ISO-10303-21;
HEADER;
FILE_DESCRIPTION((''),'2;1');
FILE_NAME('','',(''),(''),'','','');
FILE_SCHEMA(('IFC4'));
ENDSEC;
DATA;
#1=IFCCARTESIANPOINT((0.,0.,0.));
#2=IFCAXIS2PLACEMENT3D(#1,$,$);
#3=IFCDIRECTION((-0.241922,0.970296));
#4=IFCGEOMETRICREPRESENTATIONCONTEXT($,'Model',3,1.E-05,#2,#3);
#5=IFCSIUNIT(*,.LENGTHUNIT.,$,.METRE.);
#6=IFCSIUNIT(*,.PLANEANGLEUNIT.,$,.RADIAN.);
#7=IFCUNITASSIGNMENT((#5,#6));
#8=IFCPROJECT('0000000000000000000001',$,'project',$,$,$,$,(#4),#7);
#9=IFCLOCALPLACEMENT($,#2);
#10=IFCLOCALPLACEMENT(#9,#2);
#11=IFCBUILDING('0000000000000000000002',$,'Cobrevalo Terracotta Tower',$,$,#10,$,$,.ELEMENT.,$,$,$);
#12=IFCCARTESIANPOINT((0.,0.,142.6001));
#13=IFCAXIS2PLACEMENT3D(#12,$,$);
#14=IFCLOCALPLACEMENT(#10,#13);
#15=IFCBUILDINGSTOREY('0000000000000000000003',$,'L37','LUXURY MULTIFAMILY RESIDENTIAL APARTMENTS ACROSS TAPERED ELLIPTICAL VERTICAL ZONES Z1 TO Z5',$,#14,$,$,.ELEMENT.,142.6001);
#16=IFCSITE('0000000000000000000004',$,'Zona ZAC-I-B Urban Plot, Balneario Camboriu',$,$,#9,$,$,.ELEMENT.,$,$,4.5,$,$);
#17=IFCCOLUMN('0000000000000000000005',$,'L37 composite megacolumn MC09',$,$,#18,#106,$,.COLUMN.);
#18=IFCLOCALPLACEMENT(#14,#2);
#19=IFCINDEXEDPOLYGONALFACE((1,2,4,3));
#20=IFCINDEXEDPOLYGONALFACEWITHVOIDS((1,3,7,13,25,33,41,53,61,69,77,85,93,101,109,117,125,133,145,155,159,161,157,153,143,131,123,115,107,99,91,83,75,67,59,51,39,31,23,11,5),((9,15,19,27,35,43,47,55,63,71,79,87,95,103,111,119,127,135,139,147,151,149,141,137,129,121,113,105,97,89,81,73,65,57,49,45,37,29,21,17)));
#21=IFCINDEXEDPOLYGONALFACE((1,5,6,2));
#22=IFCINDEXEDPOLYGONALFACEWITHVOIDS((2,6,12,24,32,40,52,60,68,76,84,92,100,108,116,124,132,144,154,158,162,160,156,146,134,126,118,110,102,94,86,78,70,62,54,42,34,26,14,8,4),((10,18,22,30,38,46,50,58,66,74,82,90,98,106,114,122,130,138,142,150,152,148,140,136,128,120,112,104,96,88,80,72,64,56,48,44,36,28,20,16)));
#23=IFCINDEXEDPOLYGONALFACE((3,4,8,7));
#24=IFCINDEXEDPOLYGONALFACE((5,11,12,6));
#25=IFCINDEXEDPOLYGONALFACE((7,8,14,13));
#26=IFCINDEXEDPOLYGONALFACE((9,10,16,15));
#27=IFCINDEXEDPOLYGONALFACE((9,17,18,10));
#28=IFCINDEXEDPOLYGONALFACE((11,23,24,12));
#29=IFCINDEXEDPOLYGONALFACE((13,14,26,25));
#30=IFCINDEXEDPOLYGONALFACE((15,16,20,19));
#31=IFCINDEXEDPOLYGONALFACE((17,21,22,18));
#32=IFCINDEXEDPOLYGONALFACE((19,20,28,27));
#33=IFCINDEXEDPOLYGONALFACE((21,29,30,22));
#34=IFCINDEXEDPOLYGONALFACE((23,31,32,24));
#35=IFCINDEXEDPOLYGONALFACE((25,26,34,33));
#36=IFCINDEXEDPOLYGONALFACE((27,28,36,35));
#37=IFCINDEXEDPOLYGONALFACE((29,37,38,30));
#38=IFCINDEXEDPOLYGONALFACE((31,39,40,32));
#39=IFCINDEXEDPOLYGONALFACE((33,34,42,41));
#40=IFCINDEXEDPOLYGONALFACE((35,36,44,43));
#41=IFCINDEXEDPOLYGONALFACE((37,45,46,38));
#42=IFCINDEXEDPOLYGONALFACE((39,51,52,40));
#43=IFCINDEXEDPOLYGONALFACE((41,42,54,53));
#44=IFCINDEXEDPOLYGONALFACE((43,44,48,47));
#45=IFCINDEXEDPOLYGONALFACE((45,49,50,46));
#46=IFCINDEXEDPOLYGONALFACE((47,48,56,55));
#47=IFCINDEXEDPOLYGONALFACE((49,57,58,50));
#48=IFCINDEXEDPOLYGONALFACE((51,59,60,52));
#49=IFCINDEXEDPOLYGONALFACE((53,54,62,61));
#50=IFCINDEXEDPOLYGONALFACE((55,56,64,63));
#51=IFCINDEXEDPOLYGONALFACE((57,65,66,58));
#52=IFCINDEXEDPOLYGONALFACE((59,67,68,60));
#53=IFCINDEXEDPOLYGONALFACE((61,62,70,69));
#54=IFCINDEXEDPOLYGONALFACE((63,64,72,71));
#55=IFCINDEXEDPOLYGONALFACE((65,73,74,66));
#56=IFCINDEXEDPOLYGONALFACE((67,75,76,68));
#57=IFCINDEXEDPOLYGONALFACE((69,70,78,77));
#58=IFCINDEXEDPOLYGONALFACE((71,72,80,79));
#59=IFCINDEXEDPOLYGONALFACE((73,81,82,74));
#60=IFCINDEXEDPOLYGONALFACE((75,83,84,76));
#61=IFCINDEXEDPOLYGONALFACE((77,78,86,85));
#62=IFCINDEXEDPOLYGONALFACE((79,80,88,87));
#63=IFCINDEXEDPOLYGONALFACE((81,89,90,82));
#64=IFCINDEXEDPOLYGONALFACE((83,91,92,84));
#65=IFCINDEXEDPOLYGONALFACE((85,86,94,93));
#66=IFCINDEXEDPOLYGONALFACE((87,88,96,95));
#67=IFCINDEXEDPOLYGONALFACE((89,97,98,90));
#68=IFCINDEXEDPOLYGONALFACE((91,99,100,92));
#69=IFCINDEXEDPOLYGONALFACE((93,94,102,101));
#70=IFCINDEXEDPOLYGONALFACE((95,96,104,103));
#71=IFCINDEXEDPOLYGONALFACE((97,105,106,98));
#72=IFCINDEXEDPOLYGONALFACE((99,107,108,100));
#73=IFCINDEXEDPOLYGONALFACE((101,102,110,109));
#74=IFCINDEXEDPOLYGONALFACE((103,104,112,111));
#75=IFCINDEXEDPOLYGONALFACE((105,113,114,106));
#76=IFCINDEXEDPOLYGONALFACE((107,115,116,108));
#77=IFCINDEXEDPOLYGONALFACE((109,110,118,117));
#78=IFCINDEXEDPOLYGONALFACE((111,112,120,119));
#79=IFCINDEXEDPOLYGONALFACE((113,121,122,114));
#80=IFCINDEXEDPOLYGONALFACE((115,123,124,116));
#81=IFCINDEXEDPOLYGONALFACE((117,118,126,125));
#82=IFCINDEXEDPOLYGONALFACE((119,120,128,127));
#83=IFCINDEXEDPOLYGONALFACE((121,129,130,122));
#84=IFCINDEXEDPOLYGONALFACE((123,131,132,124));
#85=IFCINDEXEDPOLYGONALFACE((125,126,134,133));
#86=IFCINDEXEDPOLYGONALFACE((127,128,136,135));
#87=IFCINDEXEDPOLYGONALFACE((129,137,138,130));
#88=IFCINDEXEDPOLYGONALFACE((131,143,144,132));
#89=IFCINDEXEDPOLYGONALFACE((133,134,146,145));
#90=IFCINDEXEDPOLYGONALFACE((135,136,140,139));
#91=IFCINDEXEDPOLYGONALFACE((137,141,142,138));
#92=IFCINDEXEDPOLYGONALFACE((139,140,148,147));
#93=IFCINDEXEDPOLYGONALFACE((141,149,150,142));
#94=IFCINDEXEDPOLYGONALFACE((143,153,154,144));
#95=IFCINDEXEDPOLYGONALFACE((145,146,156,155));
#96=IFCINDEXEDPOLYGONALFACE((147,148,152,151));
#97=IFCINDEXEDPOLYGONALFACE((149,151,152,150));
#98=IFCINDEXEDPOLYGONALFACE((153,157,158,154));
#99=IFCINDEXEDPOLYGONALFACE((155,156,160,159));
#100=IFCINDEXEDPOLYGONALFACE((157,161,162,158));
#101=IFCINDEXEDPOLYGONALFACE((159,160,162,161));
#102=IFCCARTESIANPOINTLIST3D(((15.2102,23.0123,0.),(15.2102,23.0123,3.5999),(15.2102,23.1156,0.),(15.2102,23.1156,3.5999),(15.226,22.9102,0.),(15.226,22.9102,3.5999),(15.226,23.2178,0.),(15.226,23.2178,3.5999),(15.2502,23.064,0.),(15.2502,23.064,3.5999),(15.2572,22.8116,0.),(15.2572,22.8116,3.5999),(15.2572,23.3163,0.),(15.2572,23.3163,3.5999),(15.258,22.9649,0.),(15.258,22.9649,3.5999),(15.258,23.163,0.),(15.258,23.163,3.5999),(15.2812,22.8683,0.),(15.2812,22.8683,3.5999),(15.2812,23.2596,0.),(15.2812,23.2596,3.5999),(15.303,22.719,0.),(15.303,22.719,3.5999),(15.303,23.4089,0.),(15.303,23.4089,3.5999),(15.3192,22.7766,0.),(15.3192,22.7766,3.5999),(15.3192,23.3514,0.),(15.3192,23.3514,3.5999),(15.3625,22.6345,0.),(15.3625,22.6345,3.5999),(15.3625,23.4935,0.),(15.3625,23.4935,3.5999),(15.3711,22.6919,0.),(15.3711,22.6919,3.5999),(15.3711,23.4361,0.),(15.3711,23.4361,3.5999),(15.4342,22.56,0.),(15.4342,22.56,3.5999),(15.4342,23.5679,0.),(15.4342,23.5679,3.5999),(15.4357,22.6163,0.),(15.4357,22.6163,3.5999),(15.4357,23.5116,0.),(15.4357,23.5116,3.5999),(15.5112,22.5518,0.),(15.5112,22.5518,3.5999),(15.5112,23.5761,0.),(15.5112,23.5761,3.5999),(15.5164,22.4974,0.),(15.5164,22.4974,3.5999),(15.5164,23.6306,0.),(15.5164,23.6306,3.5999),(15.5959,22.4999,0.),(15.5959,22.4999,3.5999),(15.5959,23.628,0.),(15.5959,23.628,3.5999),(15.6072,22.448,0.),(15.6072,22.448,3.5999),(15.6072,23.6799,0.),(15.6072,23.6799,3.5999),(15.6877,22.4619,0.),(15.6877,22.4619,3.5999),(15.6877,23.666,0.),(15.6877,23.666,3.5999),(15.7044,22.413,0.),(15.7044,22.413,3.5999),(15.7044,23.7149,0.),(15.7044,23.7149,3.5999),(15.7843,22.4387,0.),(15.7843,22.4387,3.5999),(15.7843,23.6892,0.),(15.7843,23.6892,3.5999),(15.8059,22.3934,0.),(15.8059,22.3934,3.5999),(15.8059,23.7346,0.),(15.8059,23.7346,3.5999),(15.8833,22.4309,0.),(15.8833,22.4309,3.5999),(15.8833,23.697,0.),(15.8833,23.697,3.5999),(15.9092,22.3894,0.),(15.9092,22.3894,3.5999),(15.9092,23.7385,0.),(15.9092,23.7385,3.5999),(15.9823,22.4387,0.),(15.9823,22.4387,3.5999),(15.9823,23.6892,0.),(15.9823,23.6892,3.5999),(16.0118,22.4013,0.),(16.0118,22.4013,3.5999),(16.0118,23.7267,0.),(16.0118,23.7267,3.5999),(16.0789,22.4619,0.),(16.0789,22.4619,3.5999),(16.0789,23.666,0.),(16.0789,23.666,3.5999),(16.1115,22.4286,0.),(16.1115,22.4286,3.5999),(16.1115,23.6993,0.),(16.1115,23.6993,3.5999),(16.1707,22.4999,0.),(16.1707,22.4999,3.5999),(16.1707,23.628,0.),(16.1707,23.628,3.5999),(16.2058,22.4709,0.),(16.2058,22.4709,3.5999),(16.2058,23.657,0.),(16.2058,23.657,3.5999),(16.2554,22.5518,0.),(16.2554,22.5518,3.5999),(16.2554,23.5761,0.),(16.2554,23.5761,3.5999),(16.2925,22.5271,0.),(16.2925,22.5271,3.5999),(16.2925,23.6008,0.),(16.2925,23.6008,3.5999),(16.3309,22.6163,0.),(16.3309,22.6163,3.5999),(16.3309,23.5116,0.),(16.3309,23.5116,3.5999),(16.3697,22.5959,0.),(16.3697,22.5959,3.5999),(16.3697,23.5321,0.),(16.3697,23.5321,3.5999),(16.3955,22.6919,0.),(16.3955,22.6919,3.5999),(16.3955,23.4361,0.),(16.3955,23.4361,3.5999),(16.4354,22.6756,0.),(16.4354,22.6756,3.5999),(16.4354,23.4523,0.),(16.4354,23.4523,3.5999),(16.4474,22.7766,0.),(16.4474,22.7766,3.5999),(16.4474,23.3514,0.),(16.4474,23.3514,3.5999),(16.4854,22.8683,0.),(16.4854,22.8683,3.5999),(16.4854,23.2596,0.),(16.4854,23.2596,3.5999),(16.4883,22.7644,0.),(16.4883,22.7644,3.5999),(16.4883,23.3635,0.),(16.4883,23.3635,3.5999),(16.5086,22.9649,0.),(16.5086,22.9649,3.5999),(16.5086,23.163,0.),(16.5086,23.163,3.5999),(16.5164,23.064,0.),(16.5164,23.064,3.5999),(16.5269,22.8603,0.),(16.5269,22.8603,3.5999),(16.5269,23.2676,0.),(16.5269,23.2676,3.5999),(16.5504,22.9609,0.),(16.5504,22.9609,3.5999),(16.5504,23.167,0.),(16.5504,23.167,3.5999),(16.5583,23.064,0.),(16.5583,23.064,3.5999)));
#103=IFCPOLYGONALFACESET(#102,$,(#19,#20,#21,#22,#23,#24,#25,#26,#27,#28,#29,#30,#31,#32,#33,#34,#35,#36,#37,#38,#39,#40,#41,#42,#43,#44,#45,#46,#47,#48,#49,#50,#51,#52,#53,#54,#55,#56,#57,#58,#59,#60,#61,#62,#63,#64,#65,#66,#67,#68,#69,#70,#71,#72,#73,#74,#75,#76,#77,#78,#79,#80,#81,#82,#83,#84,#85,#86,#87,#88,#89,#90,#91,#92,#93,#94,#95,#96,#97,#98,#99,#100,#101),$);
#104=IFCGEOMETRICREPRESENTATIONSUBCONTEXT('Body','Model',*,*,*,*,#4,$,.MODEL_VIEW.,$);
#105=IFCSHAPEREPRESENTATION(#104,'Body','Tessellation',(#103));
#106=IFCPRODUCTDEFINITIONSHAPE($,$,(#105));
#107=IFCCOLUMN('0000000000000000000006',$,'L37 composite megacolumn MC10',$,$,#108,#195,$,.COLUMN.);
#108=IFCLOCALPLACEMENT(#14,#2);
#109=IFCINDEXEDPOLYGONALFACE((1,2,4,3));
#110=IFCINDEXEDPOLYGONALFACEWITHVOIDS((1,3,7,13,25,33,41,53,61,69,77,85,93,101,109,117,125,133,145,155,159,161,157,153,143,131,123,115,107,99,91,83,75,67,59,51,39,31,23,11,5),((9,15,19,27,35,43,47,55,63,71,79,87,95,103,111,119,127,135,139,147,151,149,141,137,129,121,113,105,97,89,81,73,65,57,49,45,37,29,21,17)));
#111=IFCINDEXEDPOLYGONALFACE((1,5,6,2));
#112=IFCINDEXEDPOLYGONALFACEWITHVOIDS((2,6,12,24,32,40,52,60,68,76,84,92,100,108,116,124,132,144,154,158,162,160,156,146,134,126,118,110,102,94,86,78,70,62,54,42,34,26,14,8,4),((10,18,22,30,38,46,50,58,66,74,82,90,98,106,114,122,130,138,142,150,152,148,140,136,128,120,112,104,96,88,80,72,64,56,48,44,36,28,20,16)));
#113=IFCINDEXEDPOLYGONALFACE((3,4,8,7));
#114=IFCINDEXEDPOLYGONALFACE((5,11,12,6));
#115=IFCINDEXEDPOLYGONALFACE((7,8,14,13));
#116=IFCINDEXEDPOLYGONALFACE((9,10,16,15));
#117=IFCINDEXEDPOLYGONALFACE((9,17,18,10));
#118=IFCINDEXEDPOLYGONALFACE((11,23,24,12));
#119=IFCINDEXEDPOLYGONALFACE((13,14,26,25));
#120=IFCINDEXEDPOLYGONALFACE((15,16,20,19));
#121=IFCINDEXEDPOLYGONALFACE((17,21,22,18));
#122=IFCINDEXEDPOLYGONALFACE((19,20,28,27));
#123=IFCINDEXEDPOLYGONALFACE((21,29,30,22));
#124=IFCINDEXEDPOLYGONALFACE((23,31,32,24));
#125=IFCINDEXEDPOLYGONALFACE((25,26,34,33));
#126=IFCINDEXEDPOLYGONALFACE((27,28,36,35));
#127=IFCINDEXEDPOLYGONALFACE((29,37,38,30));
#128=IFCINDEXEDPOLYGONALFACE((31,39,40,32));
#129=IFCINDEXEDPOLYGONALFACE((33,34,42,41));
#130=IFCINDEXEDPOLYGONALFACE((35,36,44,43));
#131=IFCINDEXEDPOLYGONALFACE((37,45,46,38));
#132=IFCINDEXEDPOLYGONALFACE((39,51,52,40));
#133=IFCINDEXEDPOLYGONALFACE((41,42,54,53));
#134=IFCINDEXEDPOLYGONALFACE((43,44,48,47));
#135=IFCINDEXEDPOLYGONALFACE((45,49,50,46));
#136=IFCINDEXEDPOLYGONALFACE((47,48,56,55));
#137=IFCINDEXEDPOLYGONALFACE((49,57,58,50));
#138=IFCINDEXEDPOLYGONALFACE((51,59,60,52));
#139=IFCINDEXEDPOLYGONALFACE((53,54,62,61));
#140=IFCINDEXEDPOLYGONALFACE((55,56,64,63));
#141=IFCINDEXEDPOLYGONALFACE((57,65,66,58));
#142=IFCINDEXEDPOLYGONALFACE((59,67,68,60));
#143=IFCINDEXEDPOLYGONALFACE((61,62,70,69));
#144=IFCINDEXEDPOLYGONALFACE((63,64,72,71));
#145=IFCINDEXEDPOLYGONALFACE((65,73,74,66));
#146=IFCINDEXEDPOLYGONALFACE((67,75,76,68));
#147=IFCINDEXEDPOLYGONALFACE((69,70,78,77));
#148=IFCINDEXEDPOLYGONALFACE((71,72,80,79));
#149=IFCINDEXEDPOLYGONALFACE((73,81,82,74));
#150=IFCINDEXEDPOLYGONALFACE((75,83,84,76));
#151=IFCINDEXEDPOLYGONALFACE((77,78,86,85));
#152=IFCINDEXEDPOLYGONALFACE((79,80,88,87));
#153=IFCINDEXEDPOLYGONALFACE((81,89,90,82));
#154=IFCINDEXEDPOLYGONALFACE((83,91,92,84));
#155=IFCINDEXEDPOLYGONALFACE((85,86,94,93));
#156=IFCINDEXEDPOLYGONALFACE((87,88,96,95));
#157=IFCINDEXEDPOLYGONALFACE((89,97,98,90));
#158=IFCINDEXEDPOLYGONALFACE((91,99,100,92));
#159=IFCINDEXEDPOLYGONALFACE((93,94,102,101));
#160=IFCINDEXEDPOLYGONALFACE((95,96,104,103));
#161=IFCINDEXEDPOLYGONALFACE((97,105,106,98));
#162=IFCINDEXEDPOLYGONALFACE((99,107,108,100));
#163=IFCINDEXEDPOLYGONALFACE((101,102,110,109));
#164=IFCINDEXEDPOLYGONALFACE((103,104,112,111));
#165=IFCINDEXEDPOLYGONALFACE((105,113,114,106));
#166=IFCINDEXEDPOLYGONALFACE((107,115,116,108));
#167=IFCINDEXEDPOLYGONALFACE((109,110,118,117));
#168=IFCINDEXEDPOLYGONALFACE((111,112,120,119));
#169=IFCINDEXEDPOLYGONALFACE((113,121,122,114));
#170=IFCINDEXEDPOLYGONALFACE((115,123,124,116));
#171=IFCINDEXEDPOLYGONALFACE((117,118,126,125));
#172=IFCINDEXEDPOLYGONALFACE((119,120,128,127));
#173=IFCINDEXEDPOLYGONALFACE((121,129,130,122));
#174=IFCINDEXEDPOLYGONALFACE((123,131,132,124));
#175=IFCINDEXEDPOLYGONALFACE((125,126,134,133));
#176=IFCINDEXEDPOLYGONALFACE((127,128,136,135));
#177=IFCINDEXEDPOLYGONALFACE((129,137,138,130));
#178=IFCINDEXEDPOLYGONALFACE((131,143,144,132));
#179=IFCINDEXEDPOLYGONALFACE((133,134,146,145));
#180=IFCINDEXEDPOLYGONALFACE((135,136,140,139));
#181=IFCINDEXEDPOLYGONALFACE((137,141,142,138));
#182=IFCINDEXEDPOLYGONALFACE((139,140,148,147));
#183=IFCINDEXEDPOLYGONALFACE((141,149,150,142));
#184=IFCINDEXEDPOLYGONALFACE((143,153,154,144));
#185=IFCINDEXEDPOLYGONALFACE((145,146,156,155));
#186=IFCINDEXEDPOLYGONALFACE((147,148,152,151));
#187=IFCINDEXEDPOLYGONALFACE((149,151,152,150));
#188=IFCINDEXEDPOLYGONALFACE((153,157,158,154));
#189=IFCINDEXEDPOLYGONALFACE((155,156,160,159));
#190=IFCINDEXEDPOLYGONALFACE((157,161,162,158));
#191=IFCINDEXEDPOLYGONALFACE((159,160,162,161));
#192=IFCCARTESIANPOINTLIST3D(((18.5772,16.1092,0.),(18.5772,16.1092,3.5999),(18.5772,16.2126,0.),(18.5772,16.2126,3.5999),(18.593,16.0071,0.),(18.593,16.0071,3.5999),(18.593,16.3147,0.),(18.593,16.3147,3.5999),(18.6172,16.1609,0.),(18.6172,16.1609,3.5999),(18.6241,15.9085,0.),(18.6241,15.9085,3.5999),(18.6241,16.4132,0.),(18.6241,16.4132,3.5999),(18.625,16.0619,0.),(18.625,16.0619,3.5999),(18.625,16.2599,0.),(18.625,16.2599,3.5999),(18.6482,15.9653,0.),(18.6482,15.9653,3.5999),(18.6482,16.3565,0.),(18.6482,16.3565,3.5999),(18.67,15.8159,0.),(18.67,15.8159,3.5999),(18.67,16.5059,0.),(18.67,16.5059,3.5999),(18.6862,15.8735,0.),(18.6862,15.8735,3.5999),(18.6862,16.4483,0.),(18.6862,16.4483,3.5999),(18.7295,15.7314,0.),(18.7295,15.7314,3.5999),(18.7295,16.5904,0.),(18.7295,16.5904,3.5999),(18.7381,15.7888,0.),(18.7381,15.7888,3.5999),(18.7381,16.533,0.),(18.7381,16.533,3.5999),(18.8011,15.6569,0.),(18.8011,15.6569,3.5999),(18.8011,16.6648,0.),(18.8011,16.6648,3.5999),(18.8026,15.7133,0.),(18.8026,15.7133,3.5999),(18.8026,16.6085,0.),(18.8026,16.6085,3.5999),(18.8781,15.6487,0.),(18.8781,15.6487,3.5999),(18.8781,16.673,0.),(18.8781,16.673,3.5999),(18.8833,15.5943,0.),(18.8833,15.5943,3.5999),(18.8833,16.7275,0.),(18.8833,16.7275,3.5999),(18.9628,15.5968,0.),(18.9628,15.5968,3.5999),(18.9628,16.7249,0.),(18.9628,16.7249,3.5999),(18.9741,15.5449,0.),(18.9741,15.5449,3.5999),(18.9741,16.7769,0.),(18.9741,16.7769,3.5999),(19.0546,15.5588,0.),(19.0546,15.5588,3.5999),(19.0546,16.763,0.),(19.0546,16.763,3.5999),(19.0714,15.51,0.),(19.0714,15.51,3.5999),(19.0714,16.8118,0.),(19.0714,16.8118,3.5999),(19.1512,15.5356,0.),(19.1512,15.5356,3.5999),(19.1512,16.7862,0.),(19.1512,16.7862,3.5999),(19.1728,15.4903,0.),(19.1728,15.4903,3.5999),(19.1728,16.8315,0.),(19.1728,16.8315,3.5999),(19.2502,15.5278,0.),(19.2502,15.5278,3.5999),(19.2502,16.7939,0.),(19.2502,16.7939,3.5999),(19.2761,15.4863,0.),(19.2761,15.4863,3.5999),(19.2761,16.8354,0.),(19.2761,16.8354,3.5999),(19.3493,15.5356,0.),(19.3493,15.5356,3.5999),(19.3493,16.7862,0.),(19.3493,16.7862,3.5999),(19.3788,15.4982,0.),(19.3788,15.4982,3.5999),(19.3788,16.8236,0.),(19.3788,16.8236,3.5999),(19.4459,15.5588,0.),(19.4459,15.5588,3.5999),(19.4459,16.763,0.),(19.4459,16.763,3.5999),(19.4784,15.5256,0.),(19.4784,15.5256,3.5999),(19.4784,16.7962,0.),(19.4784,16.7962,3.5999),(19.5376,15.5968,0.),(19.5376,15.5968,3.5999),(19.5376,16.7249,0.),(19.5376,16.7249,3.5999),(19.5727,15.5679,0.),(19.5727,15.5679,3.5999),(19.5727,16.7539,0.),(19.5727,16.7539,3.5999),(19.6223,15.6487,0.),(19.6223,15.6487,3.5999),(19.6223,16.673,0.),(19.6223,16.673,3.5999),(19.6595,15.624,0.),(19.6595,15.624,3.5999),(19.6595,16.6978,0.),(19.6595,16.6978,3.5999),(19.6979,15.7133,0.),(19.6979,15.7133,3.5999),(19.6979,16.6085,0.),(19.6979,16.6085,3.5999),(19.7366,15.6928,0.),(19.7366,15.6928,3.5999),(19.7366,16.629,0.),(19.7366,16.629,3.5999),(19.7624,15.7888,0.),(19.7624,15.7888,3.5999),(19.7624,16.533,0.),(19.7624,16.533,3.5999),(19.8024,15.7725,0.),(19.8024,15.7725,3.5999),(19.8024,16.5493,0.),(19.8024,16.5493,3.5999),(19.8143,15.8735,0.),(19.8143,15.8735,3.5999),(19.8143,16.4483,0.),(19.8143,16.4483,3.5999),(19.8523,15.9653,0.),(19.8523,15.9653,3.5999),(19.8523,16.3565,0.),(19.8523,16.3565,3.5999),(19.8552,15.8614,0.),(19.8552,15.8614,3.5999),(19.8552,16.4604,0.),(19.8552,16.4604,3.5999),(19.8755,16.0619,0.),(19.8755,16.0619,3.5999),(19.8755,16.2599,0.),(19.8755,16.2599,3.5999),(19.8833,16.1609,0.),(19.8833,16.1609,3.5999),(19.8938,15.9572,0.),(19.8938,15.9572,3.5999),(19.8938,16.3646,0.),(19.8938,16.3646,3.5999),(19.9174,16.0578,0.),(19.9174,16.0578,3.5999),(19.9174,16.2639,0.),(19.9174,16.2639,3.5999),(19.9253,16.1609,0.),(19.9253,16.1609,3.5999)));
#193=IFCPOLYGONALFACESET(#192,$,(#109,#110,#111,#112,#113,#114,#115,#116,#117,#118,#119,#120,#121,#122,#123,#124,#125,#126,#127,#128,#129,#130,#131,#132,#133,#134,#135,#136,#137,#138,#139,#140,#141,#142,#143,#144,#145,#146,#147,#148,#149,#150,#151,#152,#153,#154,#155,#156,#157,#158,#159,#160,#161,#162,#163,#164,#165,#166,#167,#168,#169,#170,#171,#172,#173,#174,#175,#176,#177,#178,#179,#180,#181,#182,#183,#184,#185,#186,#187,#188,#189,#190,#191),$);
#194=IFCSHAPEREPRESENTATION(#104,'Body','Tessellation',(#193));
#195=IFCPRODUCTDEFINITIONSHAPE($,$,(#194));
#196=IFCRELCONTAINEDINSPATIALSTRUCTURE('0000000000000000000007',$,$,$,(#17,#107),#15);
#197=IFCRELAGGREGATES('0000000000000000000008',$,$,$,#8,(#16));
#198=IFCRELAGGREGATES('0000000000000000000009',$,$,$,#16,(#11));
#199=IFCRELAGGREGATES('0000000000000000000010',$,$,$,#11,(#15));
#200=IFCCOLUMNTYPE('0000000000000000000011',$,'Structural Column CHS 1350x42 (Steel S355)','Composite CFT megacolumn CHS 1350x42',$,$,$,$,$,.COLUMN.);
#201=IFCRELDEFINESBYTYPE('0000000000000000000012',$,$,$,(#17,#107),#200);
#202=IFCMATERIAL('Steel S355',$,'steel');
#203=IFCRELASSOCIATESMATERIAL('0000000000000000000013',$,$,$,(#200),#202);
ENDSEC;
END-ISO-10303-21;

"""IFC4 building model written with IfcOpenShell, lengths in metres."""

from ifc_helpers import new_model, si_unit, direction, frame, origin, origin_2d, place, context, subcontext, project, spatial, hollow_circle, extrude, material, material_profile, profile_set, type_object, element, save


model = new_model("IFC4")

# Units and contexts
model_context = context("Model", 3, precision=1e-05, world=origin(), true_north=direction((-0.241922, 0.970296)))
body_context = subcontext(model_context, "Body", "Model", "MODEL_VIEW")
ifc_project = project(units=[si_unit("LENGTHUNIT", "METRE"), si_unit("PLANEANGLEUNIT", "RADIAN")], contexts=[model_context])

# Site, building, storey
site_placement = place(None, origin())
site = spatial("IfcSite", under=ifc_project, at=site_placement, Name="Zona ZAC-I-B Urban Plot, Balneario Camboriu", CompositionType="ELEMENT", RefElevation=4.5)
building_placement = place(site_placement, origin())
building = spatial("IfcBuilding", under=site, at=building_placement, Name="Cobrevalo Terracotta Tower", CompositionType="ELEMENT")
storey_placement = place(building_placement, frame((0.0, 0.0, 142.6001)))
storey = spatial("IfcBuildingStorey", under=building, at=storey_placement, Name="L37", Description="LUXURY MULTIFAMILY RESIDENTIAL APARTMENTS ACROSS TAPERED ELLIPTICAL VERTICAL ZONES Z1 TO Z5", CompositionType="ELEMENT", Elevation=142.6001)

# Columns
ifc_material_1 = material(Name="Steel S355", Category="steel")
ifc_material_profile_1 = material_profile(ifc_material_1, hollow_circle(Radius=0.675, WallThickness=0.042, at=origin_2d()), Name="CHS 1350x42")
ifc_profile_set_1 = profile_set([ifc_material_profile_1], Name="Steel S355")
column_type = type_object("IfcColumnType", Name="Structural Column CHS 1350x42 (Steel S355)", Description="Composite CFT megacolumn CHS 1350x42", PredefinedType="COLUMN", material=ifc_profile_set_1)
for number, where, z_axis, x_axis, name in (
    (1, (15.8833, 23.064, 0.0), (0.0, 0.0, 1.0), (1.0, 0.0, 0.0), "L37 composite megacolumn MC09"),
    (2, (19.2502, 16.1609, 0.0), (0.0, 0.0, 1.0), (1.0, 0.0, 0.0), "L37 composite megacolumn MC10"),
):
    element("IfcColumn", number, at=place(storey_placement, frame(where, z_axis=z_axis, x_axis=x_axis)), inside=storey, type_object=column_type, Name=name, PredefinedType="COLUMN", context=body_context, shape_type="SweptSolid", body=[
        extrude(hollow_circle(Radius=0.675, WallThickness=0.042, at=origin_2d()), origin(), (0.0, 0.0, 1.0), 3.5999),
    ])

save(model, "model.ifc")
